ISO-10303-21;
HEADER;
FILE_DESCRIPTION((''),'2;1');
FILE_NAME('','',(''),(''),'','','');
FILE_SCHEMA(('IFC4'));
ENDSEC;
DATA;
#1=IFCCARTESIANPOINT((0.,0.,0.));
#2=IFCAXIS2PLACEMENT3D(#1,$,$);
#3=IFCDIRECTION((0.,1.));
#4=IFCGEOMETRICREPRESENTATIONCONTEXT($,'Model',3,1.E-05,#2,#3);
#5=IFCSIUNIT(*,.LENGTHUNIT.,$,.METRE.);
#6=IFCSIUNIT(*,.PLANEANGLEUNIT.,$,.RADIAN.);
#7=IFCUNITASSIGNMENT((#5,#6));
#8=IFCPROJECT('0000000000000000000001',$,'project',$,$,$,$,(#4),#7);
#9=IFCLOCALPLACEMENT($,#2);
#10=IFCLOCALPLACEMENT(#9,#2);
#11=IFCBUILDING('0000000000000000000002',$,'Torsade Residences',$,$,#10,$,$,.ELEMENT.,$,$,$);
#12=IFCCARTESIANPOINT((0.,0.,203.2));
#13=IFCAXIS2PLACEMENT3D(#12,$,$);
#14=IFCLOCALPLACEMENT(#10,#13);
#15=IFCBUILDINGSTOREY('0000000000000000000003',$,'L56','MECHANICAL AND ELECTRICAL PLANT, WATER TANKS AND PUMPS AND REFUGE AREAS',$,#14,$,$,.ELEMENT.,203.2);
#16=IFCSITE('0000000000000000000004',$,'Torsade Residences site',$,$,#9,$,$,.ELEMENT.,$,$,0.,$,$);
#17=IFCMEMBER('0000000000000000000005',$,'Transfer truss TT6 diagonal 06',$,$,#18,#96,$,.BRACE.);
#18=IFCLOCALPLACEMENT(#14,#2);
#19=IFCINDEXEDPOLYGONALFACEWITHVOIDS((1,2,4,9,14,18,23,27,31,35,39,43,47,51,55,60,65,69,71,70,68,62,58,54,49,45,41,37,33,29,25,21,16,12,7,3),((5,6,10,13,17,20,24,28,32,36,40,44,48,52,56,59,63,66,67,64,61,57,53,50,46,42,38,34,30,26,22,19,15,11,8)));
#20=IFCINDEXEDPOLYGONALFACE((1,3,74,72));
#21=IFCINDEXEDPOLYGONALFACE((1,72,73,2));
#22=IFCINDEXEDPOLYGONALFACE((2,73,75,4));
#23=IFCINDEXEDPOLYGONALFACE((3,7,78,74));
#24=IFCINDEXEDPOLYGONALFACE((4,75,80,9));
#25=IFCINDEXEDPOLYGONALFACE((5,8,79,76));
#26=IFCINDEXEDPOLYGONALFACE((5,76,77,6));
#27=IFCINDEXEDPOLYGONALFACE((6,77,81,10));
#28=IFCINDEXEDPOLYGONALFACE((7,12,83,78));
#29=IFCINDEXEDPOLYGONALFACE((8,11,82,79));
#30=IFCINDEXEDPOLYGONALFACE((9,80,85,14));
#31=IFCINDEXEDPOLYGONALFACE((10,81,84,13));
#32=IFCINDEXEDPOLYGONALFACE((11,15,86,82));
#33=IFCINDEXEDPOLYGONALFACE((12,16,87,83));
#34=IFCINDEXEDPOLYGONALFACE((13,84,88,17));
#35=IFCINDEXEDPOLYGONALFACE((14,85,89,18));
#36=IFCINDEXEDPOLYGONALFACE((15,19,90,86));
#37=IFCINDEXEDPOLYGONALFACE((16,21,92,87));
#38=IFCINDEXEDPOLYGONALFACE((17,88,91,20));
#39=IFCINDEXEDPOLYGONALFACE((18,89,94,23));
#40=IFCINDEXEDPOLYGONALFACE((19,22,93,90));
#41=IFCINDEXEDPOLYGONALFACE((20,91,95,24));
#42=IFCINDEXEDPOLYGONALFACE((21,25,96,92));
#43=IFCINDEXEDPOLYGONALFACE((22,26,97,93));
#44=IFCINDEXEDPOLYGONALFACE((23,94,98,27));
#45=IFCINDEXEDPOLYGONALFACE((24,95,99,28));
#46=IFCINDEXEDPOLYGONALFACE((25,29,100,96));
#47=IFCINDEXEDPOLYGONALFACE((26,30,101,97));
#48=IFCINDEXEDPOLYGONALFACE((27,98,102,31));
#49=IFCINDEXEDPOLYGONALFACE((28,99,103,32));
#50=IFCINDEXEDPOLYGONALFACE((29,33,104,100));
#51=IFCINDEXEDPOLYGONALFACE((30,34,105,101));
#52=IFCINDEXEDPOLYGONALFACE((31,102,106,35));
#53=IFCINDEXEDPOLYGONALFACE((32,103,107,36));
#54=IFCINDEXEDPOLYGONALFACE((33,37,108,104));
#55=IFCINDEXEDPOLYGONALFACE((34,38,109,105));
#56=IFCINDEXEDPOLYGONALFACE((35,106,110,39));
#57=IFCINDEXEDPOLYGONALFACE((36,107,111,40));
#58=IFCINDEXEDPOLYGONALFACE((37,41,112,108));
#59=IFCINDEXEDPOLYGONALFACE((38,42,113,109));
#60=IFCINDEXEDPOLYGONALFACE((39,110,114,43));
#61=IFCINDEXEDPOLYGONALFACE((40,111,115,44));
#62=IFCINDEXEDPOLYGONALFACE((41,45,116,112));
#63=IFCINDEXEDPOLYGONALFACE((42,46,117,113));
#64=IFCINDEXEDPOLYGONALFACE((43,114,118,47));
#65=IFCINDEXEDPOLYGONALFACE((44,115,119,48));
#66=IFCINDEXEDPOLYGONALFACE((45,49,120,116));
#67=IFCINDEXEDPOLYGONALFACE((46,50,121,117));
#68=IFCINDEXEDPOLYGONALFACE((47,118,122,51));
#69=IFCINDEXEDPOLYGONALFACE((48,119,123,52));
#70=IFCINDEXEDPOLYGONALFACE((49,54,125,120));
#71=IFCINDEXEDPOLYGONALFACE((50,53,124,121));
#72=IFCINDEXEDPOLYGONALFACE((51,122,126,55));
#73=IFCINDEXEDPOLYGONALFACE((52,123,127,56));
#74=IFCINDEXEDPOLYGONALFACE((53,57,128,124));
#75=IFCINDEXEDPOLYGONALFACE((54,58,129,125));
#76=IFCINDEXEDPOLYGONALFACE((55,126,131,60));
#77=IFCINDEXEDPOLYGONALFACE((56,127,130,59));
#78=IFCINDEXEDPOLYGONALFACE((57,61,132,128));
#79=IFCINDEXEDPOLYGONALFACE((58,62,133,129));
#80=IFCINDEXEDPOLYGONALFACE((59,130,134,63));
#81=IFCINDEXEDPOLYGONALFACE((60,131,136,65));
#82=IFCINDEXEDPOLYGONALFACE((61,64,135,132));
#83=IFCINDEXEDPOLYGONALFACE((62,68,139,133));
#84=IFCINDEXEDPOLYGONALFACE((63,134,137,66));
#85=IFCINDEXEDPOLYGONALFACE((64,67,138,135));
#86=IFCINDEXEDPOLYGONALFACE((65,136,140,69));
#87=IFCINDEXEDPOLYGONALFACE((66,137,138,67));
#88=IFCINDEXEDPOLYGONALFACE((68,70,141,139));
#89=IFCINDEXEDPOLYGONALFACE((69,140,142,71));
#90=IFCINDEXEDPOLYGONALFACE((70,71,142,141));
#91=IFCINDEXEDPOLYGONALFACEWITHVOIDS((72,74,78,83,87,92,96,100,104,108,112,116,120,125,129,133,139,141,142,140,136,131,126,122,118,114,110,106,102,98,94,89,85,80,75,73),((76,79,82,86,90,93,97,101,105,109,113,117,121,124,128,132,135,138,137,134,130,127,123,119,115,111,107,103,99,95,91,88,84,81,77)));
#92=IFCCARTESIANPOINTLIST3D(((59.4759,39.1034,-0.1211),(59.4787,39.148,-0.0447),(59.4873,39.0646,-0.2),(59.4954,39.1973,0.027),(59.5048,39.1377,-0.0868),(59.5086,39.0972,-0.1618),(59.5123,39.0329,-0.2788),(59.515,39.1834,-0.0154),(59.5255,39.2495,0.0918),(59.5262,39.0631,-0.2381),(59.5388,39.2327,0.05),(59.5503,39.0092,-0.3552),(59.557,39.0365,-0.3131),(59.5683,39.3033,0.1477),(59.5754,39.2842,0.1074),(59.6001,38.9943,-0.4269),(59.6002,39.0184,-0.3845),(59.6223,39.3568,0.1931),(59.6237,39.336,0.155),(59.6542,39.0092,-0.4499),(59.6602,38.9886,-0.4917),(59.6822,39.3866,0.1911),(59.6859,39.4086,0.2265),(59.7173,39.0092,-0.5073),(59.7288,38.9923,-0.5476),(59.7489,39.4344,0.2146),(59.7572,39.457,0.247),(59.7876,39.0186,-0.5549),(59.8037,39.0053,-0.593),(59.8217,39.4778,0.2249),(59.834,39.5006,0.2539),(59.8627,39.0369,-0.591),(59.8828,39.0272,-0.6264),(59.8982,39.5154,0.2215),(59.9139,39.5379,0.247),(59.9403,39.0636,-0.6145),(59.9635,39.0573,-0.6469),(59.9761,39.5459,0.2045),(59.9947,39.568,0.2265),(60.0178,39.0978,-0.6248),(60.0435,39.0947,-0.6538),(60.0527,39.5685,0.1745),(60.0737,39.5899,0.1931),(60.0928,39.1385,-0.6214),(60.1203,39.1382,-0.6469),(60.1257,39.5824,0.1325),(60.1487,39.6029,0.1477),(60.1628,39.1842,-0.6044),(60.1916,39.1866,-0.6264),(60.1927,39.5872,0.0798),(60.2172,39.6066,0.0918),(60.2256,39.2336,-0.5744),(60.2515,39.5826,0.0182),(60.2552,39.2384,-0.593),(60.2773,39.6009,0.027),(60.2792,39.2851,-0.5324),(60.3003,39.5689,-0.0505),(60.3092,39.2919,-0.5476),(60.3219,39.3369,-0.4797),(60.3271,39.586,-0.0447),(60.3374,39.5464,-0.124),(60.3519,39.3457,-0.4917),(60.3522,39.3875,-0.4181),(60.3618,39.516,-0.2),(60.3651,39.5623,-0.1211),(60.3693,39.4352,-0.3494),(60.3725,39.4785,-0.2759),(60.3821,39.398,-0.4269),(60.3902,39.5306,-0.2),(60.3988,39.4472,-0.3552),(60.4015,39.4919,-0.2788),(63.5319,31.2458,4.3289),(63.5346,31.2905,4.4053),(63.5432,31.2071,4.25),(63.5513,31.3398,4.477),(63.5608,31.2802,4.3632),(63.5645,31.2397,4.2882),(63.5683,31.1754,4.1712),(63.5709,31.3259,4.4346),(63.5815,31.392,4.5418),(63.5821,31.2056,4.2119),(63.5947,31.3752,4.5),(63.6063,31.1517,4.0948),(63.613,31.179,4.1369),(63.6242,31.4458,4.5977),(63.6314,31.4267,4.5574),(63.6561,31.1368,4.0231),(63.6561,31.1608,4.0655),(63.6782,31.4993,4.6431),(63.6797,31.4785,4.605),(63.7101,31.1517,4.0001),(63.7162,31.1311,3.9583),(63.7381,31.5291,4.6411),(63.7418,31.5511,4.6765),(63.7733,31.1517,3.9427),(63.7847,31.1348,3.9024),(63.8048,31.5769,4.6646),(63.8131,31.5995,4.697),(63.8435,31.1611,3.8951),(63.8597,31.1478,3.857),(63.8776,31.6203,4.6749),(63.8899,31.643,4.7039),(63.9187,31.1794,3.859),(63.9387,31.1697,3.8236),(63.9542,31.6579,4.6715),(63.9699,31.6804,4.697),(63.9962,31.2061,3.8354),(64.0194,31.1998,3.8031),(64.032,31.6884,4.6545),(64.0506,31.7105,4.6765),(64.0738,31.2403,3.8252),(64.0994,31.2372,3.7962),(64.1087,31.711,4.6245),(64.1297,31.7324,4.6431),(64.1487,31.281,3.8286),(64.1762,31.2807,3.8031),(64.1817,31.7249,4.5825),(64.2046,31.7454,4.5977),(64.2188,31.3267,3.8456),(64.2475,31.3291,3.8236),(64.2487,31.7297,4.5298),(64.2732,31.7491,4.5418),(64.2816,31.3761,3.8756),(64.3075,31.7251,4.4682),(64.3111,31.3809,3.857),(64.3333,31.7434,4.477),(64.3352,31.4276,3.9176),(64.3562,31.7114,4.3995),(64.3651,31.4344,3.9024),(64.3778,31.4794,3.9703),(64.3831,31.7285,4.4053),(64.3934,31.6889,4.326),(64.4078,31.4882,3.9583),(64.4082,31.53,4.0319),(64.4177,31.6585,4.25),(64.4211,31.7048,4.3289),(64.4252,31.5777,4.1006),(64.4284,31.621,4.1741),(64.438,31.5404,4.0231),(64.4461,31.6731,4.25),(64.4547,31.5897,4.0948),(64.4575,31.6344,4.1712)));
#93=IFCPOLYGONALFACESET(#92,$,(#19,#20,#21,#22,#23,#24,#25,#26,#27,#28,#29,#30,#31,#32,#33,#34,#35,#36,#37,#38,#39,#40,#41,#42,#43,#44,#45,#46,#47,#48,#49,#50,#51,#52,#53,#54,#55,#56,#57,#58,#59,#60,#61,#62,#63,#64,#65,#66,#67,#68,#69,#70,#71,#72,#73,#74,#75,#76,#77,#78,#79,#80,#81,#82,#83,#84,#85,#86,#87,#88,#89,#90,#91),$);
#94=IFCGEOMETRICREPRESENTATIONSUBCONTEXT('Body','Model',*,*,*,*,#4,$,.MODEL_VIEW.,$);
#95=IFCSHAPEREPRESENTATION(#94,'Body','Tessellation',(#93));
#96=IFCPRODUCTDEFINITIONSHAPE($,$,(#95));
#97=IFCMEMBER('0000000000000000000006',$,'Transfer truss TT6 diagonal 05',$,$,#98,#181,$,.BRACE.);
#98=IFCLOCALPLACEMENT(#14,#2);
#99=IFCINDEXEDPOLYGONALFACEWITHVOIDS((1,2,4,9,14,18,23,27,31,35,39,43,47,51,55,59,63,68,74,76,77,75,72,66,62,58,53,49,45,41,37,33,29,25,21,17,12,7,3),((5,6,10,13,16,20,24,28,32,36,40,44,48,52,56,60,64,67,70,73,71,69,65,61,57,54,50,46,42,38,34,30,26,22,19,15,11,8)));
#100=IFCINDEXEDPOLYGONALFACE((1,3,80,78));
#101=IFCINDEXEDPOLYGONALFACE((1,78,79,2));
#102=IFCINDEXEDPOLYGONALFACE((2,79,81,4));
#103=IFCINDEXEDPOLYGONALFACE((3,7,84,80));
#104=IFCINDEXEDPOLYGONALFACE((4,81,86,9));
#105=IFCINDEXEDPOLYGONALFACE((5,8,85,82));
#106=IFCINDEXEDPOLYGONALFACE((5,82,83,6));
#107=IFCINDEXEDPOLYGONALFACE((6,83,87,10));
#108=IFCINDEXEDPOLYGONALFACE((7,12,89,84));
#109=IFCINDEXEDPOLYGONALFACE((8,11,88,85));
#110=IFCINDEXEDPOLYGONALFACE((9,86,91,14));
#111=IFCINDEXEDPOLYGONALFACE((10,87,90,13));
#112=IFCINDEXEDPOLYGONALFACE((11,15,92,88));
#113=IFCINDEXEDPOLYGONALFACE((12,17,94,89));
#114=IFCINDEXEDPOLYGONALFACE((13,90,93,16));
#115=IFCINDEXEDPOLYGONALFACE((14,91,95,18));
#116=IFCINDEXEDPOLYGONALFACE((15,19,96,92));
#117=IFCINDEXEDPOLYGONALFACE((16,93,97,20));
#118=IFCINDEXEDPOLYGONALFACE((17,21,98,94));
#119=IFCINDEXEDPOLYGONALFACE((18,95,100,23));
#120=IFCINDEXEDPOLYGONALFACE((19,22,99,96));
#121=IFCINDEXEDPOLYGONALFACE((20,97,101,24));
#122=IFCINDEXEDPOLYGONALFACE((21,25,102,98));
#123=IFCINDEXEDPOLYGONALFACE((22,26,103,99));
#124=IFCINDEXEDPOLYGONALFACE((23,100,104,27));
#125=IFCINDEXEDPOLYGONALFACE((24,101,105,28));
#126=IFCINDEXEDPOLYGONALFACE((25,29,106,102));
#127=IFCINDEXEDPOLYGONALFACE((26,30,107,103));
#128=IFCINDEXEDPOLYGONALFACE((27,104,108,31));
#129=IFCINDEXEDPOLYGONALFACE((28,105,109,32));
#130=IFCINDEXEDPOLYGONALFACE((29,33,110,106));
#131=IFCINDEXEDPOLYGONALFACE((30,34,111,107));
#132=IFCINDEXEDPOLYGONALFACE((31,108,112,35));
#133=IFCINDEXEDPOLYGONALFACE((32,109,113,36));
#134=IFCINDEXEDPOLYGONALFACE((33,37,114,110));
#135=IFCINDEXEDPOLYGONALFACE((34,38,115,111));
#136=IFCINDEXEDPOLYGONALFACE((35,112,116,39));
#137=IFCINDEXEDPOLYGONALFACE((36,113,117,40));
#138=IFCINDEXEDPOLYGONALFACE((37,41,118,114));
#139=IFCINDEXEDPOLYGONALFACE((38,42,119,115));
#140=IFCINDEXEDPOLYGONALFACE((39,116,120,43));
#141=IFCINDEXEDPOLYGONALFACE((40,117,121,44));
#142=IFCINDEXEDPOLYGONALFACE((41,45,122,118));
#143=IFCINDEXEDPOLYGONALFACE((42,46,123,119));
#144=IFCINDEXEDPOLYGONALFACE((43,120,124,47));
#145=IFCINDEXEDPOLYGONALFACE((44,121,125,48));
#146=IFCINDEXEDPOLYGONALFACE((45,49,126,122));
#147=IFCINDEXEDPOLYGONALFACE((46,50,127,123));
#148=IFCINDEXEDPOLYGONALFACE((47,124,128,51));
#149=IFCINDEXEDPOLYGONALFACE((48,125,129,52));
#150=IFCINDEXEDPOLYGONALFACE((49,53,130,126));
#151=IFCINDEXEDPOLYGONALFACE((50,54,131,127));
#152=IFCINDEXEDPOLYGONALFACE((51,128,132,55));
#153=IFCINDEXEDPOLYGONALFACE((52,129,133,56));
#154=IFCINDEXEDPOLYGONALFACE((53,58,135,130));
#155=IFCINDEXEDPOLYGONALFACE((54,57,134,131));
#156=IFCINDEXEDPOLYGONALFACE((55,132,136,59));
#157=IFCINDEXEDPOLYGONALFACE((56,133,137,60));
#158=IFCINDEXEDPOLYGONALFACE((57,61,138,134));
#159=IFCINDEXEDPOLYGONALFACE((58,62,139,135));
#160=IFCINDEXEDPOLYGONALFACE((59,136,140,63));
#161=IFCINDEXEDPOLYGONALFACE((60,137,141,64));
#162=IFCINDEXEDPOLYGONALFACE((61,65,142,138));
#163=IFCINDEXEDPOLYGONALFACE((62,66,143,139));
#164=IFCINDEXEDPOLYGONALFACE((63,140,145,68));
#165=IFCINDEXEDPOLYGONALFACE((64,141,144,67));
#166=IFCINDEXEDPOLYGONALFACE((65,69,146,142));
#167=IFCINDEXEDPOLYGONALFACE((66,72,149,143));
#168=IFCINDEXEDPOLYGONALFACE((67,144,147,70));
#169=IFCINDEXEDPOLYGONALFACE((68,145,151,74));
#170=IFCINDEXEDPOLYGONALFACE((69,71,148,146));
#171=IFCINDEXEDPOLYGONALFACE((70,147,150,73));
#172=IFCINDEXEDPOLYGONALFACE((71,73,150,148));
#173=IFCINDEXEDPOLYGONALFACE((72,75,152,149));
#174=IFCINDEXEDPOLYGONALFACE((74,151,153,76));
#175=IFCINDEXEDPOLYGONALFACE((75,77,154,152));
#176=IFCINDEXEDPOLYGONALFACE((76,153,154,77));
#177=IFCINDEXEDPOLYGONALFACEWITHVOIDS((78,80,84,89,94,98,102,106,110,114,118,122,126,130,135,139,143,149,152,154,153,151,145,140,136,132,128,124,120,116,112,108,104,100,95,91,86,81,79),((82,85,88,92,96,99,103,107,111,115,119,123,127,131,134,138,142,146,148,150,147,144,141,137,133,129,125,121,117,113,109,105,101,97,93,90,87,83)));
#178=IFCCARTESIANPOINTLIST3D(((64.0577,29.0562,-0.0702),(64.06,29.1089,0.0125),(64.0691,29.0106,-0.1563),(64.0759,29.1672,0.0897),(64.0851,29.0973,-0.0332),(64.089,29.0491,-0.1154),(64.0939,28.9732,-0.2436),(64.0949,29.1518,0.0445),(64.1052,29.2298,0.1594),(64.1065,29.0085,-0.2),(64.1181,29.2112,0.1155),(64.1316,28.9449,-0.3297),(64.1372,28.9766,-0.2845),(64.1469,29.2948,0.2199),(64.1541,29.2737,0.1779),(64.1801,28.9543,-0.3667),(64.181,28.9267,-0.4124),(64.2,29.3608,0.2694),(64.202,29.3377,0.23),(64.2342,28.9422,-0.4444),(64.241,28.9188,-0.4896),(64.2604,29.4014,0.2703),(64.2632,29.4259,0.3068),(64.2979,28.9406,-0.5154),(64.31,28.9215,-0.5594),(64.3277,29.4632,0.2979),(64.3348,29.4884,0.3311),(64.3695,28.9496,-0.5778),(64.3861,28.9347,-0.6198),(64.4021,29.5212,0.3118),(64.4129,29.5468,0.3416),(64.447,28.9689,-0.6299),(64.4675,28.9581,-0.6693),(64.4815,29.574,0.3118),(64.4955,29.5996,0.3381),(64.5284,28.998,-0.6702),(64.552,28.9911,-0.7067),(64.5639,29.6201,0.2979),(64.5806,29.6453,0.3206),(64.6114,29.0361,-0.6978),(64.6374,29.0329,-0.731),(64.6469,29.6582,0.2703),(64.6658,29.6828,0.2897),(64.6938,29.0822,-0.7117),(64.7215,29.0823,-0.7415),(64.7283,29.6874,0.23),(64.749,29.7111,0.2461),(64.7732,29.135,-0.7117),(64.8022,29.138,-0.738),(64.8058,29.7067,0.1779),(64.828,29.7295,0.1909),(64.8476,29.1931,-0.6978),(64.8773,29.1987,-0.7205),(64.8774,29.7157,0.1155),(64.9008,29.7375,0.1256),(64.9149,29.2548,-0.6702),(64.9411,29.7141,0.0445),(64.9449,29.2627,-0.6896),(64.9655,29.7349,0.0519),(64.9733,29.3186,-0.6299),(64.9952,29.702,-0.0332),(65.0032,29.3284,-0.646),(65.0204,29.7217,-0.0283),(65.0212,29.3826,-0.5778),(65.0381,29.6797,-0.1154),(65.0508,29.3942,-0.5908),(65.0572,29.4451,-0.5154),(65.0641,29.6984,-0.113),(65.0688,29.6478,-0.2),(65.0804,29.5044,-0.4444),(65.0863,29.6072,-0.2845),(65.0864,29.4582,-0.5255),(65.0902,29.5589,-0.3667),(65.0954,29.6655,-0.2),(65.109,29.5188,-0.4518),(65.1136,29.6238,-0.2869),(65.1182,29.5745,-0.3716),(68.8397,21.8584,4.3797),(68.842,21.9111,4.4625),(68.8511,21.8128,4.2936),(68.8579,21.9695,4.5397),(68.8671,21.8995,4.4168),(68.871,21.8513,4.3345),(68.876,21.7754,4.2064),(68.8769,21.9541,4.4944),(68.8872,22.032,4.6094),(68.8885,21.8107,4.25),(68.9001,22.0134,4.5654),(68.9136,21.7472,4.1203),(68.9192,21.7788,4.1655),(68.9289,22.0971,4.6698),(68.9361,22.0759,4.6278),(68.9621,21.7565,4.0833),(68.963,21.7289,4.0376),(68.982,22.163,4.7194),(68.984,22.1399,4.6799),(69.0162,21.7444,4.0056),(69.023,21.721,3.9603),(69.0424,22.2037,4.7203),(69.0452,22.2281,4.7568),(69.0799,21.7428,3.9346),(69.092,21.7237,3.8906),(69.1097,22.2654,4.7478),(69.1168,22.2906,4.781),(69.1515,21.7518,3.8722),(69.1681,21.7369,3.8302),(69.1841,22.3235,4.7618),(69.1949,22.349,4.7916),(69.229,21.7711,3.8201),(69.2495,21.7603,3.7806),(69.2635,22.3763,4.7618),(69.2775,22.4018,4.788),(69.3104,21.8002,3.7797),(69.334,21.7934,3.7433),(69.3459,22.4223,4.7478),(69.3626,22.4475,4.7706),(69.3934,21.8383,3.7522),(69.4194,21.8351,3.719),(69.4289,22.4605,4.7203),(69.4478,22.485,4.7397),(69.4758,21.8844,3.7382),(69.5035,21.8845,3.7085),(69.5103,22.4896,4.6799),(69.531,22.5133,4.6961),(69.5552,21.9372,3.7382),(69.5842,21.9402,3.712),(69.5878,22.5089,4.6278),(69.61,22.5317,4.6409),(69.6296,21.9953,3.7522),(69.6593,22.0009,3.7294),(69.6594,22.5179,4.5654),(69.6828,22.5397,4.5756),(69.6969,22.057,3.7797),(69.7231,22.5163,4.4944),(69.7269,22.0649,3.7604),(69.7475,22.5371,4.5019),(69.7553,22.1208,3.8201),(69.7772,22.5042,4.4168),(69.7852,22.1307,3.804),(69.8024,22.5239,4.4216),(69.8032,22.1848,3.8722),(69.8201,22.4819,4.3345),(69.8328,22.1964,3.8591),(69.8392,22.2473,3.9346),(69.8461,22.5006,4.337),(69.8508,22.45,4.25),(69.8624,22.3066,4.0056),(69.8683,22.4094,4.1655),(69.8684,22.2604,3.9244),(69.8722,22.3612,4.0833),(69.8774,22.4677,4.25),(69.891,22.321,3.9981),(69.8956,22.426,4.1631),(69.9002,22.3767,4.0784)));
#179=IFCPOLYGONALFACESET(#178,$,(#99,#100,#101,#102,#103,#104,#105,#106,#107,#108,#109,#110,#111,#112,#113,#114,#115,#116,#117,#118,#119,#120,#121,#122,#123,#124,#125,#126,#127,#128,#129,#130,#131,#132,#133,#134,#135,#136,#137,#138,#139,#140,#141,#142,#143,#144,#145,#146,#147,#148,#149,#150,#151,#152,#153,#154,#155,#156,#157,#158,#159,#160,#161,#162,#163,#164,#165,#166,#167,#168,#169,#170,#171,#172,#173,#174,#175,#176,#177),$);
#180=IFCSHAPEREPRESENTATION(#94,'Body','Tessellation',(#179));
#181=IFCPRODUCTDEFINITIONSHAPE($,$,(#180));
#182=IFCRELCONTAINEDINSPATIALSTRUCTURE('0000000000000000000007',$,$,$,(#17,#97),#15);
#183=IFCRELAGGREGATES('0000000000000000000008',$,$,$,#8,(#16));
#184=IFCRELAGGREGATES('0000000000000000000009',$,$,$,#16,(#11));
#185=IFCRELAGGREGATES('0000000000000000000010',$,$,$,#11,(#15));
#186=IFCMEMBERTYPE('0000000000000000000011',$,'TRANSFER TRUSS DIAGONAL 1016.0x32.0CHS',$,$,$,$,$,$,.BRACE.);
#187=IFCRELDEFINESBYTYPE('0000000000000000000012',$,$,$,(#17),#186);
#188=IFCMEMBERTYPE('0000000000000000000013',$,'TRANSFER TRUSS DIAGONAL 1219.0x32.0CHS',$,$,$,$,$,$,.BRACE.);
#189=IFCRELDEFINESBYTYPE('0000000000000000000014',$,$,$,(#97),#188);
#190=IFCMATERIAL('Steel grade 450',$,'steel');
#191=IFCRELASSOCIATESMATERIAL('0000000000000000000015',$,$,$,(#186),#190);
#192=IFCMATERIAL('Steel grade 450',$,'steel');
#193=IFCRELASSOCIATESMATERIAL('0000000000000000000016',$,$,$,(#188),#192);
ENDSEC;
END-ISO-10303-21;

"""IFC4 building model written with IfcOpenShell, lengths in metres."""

from ifc_helpers import new_model, si_unit, direction, frame, origin, origin_2d, place, context, subcontext, project, spatial, hollow_circle, extrude, material, material_profile, profile_set, type_object, element, save


model = new_model("IFC4")

# Units and contexts
model_context = context("Model", 3, precision=1e-05, world=origin(), true_north=direction((0.0, 1.0)))
body_context = subcontext(model_context, "Body", "Model", "MODEL_VIEW")
ifc_project = project(units=[si_unit("LENGTHUNIT", "METRE"), si_unit("PLANEANGLEUNIT", "RADIAN")], contexts=[model_context])

# Site, building, storey
site_placement = place(None, origin())
site = spatial("IfcSite", under=ifc_project, at=site_placement, Name="Torsade Residences site", CompositionType="ELEMENT", RefElevation=0.0)
building_placement = place(site_placement, origin())
building = spatial("IfcBuilding", under=site, at=building_placement, Name="Torsade Residences", CompositionType="ELEMENT")
storey_placement = place(building_placement, frame((0.0, 0.0, 203.2)))
storey = spatial("IfcBuildingStorey", under=building, at=storey_placement, Name="L56", Description="MECHANICAL AND ELECTRICAL PLANT, WATER TANKS AND PUMPS AND REFUGE AREAS", CompositionType="ELEMENT", Elevation=203.2)

# Members
ifc_material_1 = material(Name="Steel grade 450", Category="steel")
ifc_material_profile_1 = material_profile(ifc_material_1, hollow_circle(Radius=0.5081, WallThickness=0.032, at=origin_2d()), Name="1016.0x32.0CHS")
ifc_profile_set_1 = profile_set([ifc_material_profile_1], Name="Steel grade 450")
member_type_1 = type_object("IfcMemberType", Name="TRANSFER TRUSS DIAGONAL 1016.0x32.0CHS", PredefinedType="BRACE", material=ifc_profile_set_1)
member_1_placement = place(storey_placement, frame((59.9387, 39.2976, -0.2), z_axis=(0.409726, -0.793754, 0.449532), x_axis=(0.888599, 0.458684, 0.0)))
element("IfcMember", 1, at=member_1_placement, inside=storey, type_object=member_type_1, Name="Transfer truss TT6 diagonal 06", PredefinedType="BRACE", context=body_context, shape_type="SweptSolid", body=[
    extrude(hollow_circle(Radius=0.5081, WallThickness=0.032, at=origin_2d()), origin(), (0.0, 0.0, 1.0), 9.8992),
])
ifc_material_2 = material(Name="Steel grade 450", Category="steel")
ifc_material_profile_2 = material_profile(ifc_material_2, hollow_circle(Radius=0.6096, WallThickness=0.032, at=origin_2d()), Name="1219.0x32.0CHS")
ifc_profile_set_2 = profile_set([ifc_material_profile_2], Name="Steel grade 450")
member_type_2 = type_object("IfcMemberType", Name="TRANSFER TRUSS DIAGONAL 1219.0x32.0CHS", PredefinedType="BRACE", material=ifc_profile_set_2)
member_2_placement = place(storey_placement, frame((64.5876, 29.3281, -0.2), z_axis=(0.491977, -0.740515, 0.457817), x_axis=(0.832932, 0.553376, 0.0)))
element("IfcMember", 2, at=member_2_placement, inside=storey, type_object=member_type_2, Name="Transfer truss TT6 diagonal 05", PredefinedType="BRACE", context=body_context, shape_type="SweptSolid", body=[
    extrude(hollow_circle(Radius=0.6096, WallThickness=0.032, at=origin_2d()), origin(), (0.0, 0.0, 1.0), 9.72),
])

save(model, "model.ifc")
